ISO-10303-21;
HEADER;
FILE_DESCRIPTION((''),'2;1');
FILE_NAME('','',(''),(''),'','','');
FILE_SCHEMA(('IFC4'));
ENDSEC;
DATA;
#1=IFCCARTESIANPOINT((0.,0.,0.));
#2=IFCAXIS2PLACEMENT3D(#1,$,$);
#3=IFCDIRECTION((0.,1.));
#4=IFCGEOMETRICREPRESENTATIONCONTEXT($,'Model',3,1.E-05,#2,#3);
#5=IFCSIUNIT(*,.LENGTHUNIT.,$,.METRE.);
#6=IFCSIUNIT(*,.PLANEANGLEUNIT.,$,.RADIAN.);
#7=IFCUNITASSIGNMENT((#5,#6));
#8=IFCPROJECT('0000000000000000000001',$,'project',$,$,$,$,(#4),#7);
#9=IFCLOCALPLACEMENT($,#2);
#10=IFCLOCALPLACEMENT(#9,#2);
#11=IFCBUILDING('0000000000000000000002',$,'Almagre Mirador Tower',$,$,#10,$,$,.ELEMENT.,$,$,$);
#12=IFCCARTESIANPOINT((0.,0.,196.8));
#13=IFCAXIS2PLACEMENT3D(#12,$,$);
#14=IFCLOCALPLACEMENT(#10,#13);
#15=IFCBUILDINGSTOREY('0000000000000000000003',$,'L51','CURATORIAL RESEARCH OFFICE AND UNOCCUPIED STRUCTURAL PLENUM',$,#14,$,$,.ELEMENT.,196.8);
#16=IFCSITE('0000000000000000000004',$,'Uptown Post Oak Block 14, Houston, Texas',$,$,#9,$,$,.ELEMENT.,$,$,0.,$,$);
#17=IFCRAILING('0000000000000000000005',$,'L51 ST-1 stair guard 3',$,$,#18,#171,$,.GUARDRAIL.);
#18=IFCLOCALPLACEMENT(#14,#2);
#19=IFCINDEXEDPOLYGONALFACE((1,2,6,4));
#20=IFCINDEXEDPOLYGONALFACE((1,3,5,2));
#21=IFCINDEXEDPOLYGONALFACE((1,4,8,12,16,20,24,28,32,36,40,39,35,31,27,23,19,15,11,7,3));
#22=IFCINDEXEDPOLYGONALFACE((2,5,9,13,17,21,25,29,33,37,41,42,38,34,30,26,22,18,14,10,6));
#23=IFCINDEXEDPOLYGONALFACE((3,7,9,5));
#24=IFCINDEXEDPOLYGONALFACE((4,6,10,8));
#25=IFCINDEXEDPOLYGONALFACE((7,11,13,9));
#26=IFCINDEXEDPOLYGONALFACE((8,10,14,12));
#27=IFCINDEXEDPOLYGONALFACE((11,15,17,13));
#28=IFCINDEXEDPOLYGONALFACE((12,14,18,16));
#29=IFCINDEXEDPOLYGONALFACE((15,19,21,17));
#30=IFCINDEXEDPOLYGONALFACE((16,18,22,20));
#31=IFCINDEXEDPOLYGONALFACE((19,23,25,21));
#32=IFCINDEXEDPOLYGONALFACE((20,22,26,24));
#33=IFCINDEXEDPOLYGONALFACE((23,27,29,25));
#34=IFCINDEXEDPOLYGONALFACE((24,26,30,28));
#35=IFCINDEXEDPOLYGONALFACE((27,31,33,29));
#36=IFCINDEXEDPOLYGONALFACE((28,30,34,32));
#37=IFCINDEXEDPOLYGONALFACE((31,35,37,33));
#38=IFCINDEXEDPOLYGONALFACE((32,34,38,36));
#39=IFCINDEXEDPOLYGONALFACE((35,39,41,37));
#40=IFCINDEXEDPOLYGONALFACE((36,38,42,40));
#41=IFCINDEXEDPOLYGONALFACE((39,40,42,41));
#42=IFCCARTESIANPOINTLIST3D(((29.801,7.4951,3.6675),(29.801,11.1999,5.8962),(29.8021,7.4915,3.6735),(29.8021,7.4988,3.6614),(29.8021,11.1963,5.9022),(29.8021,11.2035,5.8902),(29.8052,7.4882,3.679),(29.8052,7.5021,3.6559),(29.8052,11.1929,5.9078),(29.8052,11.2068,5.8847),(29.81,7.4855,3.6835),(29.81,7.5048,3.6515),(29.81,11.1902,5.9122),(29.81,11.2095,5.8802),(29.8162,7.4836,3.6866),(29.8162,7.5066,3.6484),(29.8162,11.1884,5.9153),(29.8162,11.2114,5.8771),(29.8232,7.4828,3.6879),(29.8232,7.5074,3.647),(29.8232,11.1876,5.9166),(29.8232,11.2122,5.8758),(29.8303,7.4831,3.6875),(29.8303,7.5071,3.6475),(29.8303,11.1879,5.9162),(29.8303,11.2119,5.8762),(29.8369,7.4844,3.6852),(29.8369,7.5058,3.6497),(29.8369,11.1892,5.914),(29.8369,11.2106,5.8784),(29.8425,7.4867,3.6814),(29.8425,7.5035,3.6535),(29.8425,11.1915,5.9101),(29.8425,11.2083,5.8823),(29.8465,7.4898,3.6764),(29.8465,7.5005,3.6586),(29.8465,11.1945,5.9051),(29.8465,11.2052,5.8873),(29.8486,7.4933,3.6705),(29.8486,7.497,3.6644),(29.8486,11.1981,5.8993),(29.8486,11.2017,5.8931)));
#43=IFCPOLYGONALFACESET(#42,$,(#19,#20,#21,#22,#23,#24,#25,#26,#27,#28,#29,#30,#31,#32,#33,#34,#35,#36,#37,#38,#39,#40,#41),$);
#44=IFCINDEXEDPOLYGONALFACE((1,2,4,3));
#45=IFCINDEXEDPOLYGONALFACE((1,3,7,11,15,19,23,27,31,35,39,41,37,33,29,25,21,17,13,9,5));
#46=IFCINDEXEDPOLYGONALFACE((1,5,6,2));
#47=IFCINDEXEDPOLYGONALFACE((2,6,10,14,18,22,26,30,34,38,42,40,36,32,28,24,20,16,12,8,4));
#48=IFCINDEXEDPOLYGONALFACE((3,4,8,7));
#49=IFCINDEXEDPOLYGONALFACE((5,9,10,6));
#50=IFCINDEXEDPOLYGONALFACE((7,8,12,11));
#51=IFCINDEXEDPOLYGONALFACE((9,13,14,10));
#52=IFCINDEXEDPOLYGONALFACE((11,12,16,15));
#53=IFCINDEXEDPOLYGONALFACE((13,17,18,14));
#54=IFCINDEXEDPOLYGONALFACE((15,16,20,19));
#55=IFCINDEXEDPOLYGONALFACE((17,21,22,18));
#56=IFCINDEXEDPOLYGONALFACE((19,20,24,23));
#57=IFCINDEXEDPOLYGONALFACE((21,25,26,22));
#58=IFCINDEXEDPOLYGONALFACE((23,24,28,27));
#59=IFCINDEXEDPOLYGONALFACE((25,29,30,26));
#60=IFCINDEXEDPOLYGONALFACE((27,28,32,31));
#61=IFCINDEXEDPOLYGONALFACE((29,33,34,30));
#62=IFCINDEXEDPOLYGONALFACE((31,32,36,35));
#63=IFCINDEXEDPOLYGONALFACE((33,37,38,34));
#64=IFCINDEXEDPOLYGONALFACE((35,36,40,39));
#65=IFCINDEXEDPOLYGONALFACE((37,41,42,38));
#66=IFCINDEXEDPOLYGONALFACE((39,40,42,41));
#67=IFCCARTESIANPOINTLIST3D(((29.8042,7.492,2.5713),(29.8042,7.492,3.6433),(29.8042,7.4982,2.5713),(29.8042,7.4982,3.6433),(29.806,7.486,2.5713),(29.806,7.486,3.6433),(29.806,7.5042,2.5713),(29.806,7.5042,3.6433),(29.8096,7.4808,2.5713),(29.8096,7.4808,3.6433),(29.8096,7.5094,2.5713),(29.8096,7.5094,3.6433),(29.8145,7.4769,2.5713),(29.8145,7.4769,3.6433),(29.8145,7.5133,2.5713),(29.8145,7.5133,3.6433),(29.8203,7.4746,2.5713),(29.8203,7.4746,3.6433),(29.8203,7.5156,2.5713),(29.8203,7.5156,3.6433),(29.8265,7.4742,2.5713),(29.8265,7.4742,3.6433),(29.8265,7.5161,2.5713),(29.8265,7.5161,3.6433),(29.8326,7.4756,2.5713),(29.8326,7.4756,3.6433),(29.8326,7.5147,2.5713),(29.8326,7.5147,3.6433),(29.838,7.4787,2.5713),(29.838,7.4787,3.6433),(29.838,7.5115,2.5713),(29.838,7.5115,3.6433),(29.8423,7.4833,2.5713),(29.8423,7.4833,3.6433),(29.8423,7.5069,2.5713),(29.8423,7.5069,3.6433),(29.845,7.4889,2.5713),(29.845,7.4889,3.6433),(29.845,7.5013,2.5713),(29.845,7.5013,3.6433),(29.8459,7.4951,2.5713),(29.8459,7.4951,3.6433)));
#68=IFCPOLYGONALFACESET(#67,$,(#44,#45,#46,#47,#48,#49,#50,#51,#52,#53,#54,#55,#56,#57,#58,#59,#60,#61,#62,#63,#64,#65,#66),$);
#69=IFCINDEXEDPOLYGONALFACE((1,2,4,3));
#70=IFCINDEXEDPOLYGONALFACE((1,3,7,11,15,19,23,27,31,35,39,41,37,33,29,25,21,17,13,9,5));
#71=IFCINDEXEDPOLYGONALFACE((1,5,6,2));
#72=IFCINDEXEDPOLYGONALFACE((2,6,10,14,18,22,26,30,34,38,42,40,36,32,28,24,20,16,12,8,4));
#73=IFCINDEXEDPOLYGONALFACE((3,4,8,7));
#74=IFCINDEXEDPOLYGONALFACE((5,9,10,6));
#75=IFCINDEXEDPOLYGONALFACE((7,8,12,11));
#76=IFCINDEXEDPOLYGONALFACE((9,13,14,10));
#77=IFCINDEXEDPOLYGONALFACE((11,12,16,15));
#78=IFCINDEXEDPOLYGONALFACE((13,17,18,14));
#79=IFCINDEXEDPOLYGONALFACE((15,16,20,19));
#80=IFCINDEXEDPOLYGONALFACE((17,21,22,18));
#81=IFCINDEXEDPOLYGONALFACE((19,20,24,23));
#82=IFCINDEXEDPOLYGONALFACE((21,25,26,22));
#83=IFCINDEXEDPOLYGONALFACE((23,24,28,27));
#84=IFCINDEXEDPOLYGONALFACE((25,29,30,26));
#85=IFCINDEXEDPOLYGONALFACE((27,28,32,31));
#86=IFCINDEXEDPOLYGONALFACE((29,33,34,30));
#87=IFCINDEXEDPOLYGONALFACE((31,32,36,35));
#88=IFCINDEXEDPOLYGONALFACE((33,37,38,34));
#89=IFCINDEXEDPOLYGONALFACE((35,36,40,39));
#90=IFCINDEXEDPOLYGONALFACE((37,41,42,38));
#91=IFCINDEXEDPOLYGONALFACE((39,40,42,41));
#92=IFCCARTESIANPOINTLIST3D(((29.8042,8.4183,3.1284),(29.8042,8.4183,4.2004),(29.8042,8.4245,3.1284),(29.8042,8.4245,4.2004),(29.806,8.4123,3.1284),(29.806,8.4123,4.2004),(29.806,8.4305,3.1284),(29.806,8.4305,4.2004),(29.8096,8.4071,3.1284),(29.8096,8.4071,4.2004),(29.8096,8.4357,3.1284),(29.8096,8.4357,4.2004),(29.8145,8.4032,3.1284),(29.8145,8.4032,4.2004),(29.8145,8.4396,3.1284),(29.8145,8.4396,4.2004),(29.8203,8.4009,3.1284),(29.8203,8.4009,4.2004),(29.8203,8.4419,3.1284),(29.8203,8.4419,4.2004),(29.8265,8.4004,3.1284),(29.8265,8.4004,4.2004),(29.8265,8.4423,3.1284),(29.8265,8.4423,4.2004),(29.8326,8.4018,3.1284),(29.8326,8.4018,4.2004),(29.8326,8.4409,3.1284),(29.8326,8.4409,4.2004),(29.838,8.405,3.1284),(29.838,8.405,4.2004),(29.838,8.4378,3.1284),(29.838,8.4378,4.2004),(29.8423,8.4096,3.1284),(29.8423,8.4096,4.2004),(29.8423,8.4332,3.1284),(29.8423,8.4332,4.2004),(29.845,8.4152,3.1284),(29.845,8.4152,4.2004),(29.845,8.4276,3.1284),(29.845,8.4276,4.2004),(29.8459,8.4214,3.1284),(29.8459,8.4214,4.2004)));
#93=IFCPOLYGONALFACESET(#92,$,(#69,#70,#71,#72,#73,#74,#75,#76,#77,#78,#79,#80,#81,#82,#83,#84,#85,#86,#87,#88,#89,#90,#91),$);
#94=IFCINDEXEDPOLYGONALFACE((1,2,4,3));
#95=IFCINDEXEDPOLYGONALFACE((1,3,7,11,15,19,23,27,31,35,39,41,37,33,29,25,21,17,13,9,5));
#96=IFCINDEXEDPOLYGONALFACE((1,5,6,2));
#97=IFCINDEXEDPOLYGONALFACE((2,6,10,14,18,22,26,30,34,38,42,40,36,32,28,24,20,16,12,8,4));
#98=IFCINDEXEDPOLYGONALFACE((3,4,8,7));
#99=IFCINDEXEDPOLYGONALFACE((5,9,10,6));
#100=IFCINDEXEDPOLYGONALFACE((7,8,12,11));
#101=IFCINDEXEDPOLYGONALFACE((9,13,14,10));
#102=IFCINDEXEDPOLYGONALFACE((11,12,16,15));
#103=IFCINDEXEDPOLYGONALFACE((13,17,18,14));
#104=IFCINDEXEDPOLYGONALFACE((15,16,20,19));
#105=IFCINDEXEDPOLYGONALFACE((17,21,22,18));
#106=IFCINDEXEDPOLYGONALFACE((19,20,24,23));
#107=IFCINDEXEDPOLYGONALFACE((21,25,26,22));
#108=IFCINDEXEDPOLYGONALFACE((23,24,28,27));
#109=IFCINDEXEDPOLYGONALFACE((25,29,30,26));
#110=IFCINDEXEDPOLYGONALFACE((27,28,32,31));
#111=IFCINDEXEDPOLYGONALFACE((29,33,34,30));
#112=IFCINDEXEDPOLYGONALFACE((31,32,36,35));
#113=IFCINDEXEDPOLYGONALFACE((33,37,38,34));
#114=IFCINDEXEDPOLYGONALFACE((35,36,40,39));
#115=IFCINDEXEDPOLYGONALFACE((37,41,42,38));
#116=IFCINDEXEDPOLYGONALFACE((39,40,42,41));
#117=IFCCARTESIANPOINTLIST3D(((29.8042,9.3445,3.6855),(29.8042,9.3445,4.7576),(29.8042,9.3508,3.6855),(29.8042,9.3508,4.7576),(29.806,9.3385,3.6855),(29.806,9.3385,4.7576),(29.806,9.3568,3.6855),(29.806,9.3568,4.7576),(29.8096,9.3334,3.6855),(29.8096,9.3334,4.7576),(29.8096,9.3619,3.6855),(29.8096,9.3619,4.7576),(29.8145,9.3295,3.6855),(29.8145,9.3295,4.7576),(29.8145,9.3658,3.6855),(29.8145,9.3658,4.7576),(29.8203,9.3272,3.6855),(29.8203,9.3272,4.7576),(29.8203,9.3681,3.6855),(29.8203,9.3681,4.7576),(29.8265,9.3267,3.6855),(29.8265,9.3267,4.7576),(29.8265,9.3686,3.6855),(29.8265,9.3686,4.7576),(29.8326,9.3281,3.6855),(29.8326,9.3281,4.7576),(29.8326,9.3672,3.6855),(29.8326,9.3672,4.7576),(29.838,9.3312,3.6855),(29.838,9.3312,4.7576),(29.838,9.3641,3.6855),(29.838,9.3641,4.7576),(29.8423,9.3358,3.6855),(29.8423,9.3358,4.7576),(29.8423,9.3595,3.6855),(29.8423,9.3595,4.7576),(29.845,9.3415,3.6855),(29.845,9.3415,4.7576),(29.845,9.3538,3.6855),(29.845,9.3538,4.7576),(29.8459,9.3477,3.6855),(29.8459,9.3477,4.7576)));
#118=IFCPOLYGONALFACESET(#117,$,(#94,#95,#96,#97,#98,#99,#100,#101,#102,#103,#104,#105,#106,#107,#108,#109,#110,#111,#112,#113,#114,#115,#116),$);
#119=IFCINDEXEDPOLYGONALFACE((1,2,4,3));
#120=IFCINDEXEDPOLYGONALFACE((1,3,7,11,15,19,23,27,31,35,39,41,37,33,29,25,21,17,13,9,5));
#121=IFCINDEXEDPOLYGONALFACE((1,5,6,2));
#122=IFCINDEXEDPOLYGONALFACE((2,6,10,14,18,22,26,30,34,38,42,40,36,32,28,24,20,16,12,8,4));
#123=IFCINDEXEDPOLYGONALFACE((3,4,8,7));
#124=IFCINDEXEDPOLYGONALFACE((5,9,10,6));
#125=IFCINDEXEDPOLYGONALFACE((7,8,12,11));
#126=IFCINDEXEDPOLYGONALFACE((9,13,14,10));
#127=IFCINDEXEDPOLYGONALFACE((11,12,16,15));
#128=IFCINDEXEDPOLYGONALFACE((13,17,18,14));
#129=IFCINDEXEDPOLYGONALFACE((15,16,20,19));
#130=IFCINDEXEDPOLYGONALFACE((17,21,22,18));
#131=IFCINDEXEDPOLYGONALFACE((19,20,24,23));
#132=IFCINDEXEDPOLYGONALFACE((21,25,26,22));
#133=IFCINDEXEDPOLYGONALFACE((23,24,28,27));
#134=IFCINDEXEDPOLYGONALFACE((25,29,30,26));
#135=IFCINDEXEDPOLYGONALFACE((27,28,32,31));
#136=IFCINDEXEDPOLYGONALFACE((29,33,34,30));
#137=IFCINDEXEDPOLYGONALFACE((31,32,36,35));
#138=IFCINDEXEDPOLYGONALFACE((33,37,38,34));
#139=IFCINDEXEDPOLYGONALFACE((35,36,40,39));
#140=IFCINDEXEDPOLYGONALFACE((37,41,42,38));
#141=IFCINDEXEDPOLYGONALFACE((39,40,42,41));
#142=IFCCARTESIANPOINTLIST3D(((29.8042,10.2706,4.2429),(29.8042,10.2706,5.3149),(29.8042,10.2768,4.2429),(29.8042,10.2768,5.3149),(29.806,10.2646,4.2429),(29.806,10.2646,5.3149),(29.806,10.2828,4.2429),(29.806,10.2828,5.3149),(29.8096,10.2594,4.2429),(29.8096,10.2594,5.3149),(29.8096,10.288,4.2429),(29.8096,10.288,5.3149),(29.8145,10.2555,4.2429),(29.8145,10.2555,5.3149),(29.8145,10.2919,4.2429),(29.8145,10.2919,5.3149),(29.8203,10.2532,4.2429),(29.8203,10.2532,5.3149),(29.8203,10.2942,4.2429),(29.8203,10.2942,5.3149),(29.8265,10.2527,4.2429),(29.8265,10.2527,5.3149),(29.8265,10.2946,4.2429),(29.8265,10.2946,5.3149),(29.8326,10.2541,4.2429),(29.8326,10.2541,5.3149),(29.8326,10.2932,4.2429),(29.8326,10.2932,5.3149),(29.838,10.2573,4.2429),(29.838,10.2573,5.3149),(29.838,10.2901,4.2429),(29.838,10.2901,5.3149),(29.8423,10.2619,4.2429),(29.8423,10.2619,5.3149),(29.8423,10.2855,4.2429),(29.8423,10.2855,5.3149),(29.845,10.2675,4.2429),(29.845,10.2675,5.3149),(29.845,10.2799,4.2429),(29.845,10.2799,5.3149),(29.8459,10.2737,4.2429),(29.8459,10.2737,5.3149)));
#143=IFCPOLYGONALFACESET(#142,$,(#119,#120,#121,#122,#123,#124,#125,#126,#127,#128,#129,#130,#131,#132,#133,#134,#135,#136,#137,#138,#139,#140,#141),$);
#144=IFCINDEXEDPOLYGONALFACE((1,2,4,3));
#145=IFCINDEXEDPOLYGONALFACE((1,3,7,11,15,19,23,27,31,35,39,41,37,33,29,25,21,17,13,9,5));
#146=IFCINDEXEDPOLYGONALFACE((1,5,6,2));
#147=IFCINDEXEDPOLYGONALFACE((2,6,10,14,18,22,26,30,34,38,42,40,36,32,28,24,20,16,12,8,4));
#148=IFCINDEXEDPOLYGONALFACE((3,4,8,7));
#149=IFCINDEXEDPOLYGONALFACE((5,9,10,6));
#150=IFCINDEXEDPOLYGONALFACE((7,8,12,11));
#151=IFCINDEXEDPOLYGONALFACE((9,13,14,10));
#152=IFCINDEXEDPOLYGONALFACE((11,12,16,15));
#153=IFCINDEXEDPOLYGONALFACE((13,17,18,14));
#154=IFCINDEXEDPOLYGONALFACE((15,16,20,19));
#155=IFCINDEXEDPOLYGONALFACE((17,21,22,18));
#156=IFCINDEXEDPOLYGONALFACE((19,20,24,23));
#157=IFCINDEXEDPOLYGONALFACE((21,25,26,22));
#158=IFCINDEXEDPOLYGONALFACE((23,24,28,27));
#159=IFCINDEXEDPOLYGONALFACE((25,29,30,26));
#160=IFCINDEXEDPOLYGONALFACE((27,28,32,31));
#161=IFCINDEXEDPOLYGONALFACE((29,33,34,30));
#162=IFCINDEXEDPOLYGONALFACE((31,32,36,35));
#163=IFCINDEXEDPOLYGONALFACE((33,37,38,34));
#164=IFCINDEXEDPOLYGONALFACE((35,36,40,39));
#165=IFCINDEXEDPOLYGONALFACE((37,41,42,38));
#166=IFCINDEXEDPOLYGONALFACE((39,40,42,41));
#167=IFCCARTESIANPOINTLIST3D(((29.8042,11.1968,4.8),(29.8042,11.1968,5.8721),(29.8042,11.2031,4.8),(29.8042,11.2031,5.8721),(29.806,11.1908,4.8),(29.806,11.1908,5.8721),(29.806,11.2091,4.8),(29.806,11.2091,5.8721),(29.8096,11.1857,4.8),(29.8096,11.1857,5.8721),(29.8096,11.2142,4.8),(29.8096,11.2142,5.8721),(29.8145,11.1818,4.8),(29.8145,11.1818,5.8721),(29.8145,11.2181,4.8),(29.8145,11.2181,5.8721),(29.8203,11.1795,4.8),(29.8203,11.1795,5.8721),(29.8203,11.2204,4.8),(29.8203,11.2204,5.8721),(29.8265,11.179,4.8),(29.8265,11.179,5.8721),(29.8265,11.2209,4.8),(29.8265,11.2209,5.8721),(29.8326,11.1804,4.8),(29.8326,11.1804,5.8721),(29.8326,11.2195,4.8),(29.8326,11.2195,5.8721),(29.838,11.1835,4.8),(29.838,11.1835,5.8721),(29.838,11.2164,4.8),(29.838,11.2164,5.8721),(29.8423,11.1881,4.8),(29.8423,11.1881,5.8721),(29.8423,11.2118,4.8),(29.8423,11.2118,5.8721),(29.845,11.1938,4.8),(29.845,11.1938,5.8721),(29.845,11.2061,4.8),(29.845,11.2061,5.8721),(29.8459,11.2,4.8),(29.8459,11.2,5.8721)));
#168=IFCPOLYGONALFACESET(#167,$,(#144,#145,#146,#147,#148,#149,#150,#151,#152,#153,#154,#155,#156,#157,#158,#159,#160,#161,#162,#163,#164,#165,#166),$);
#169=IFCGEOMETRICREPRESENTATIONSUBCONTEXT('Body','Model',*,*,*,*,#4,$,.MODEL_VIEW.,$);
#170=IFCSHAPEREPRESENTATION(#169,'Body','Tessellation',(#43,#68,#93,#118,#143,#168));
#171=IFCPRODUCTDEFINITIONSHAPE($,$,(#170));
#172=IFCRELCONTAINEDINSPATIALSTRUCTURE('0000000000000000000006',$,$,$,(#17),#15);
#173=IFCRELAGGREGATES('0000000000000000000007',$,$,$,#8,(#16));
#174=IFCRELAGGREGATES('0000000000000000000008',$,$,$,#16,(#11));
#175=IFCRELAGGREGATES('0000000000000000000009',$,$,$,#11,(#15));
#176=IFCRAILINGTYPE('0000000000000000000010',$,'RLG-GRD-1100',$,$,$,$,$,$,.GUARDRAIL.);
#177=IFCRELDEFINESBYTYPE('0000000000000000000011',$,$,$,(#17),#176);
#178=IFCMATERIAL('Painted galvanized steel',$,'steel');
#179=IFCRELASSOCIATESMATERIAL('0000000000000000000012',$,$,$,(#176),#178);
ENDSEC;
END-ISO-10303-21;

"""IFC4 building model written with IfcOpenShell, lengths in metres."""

from ifc_helpers import new_model, si_unit, direction, frame, origin, origin_2d, place, context, subcontext, project, spatial, circle, extrude, material, type_object, element, save


model = new_model("IFC4")

# Units and contexts
model_context = context("Model", 3, precision=1e-05, world=origin(), true_north=direction((0.0, 1.0)))
body_context = subcontext(model_context, "Body", "Model", "MODEL_VIEW")
ifc_project = project(units=[si_unit("LENGTHUNIT", "METRE"), si_unit("PLANEANGLEUNIT", "RADIAN")], contexts=[model_context])

# Site, building, storey
site_placement = place(None, origin())
site = spatial("IfcSite", under=ifc_project, at=site_placement, Name="Uptown Post Oak Block 14, Houston, Texas", CompositionType="ELEMENT", RefElevation=0.0)
building_placement = place(site_placement, origin())
building = spatial("IfcBuilding", under=site, at=building_placement, Name="Almagre Mirador Tower", CompositionType="ELEMENT")
storey_placement = place(building_placement, frame((0.0, 0.0, 196.8)))
storey = spatial("IfcBuildingStorey", under=building, at=storey_placement, Name="L51", Description="CURATORIAL RESEARCH OFFICE AND UNOCCUPIED STRUCTURAL PLENUM", CompositionType="ELEMENT", Elevation=196.8)

# Railing
ifc_material_1 = material(Name="Painted galvanized steel", Category="steel")
railing_type_1 = type_object("IfcRailingType", Name="RLG-GRD-1100", PredefinedType="GUARDRAIL", material=ifc_material_1)
railing_1_placement = place(storey_placement, frame((29.825, 7.4951, 2.5713)))
element("IfcRailing", 1, at=railing_1_placement, inside=storey, type_object=railing_type_1, Name="L51 ST-1 stair guard 3", PredefinedType="GUARDRAIL", context=body_context, shape_type="SweptSolid", body=[
    extrude(circle(Radius=0.0239, at=origin_2d()), frame((0.0, 0.0, 1.0962), z_axis=(0.0, 0.856894, 0.515492), x_axis=(-1.0, 0.0, 0.0)), (0.0, 0.0, 1.0), 4.3235),
    extrude(circle(Radius=0.021, at=origin_2d()), origin(), (0.0, 0.0, 1.0), 1.072),
    extrude(circle(Radius=0.021, at=origin_2d()), frame((0.0, 0.9263, 0.5571)), (0.0, 0.0, 1.0), 1.072),
    extrude(circle(Radius=0.021, at=origin_2d()), frame((0.0, 1.8525, 1.1143)), (0.0, 0.0, 1.0), 1.072),
    extrude(circle(Radius=0.021, at=origin_2d()), frame((0.0, 2.7786, 1.6716)), (0.0, 0.0, 1.0), 1.072),
    extrude(circle(Radius=0.021, at=origin_2d()), frame((0.0, 3.7048, 2.2288)), (0.0, 0.0, 1.0), 1.072),
])

save(model, "model.ifc")
